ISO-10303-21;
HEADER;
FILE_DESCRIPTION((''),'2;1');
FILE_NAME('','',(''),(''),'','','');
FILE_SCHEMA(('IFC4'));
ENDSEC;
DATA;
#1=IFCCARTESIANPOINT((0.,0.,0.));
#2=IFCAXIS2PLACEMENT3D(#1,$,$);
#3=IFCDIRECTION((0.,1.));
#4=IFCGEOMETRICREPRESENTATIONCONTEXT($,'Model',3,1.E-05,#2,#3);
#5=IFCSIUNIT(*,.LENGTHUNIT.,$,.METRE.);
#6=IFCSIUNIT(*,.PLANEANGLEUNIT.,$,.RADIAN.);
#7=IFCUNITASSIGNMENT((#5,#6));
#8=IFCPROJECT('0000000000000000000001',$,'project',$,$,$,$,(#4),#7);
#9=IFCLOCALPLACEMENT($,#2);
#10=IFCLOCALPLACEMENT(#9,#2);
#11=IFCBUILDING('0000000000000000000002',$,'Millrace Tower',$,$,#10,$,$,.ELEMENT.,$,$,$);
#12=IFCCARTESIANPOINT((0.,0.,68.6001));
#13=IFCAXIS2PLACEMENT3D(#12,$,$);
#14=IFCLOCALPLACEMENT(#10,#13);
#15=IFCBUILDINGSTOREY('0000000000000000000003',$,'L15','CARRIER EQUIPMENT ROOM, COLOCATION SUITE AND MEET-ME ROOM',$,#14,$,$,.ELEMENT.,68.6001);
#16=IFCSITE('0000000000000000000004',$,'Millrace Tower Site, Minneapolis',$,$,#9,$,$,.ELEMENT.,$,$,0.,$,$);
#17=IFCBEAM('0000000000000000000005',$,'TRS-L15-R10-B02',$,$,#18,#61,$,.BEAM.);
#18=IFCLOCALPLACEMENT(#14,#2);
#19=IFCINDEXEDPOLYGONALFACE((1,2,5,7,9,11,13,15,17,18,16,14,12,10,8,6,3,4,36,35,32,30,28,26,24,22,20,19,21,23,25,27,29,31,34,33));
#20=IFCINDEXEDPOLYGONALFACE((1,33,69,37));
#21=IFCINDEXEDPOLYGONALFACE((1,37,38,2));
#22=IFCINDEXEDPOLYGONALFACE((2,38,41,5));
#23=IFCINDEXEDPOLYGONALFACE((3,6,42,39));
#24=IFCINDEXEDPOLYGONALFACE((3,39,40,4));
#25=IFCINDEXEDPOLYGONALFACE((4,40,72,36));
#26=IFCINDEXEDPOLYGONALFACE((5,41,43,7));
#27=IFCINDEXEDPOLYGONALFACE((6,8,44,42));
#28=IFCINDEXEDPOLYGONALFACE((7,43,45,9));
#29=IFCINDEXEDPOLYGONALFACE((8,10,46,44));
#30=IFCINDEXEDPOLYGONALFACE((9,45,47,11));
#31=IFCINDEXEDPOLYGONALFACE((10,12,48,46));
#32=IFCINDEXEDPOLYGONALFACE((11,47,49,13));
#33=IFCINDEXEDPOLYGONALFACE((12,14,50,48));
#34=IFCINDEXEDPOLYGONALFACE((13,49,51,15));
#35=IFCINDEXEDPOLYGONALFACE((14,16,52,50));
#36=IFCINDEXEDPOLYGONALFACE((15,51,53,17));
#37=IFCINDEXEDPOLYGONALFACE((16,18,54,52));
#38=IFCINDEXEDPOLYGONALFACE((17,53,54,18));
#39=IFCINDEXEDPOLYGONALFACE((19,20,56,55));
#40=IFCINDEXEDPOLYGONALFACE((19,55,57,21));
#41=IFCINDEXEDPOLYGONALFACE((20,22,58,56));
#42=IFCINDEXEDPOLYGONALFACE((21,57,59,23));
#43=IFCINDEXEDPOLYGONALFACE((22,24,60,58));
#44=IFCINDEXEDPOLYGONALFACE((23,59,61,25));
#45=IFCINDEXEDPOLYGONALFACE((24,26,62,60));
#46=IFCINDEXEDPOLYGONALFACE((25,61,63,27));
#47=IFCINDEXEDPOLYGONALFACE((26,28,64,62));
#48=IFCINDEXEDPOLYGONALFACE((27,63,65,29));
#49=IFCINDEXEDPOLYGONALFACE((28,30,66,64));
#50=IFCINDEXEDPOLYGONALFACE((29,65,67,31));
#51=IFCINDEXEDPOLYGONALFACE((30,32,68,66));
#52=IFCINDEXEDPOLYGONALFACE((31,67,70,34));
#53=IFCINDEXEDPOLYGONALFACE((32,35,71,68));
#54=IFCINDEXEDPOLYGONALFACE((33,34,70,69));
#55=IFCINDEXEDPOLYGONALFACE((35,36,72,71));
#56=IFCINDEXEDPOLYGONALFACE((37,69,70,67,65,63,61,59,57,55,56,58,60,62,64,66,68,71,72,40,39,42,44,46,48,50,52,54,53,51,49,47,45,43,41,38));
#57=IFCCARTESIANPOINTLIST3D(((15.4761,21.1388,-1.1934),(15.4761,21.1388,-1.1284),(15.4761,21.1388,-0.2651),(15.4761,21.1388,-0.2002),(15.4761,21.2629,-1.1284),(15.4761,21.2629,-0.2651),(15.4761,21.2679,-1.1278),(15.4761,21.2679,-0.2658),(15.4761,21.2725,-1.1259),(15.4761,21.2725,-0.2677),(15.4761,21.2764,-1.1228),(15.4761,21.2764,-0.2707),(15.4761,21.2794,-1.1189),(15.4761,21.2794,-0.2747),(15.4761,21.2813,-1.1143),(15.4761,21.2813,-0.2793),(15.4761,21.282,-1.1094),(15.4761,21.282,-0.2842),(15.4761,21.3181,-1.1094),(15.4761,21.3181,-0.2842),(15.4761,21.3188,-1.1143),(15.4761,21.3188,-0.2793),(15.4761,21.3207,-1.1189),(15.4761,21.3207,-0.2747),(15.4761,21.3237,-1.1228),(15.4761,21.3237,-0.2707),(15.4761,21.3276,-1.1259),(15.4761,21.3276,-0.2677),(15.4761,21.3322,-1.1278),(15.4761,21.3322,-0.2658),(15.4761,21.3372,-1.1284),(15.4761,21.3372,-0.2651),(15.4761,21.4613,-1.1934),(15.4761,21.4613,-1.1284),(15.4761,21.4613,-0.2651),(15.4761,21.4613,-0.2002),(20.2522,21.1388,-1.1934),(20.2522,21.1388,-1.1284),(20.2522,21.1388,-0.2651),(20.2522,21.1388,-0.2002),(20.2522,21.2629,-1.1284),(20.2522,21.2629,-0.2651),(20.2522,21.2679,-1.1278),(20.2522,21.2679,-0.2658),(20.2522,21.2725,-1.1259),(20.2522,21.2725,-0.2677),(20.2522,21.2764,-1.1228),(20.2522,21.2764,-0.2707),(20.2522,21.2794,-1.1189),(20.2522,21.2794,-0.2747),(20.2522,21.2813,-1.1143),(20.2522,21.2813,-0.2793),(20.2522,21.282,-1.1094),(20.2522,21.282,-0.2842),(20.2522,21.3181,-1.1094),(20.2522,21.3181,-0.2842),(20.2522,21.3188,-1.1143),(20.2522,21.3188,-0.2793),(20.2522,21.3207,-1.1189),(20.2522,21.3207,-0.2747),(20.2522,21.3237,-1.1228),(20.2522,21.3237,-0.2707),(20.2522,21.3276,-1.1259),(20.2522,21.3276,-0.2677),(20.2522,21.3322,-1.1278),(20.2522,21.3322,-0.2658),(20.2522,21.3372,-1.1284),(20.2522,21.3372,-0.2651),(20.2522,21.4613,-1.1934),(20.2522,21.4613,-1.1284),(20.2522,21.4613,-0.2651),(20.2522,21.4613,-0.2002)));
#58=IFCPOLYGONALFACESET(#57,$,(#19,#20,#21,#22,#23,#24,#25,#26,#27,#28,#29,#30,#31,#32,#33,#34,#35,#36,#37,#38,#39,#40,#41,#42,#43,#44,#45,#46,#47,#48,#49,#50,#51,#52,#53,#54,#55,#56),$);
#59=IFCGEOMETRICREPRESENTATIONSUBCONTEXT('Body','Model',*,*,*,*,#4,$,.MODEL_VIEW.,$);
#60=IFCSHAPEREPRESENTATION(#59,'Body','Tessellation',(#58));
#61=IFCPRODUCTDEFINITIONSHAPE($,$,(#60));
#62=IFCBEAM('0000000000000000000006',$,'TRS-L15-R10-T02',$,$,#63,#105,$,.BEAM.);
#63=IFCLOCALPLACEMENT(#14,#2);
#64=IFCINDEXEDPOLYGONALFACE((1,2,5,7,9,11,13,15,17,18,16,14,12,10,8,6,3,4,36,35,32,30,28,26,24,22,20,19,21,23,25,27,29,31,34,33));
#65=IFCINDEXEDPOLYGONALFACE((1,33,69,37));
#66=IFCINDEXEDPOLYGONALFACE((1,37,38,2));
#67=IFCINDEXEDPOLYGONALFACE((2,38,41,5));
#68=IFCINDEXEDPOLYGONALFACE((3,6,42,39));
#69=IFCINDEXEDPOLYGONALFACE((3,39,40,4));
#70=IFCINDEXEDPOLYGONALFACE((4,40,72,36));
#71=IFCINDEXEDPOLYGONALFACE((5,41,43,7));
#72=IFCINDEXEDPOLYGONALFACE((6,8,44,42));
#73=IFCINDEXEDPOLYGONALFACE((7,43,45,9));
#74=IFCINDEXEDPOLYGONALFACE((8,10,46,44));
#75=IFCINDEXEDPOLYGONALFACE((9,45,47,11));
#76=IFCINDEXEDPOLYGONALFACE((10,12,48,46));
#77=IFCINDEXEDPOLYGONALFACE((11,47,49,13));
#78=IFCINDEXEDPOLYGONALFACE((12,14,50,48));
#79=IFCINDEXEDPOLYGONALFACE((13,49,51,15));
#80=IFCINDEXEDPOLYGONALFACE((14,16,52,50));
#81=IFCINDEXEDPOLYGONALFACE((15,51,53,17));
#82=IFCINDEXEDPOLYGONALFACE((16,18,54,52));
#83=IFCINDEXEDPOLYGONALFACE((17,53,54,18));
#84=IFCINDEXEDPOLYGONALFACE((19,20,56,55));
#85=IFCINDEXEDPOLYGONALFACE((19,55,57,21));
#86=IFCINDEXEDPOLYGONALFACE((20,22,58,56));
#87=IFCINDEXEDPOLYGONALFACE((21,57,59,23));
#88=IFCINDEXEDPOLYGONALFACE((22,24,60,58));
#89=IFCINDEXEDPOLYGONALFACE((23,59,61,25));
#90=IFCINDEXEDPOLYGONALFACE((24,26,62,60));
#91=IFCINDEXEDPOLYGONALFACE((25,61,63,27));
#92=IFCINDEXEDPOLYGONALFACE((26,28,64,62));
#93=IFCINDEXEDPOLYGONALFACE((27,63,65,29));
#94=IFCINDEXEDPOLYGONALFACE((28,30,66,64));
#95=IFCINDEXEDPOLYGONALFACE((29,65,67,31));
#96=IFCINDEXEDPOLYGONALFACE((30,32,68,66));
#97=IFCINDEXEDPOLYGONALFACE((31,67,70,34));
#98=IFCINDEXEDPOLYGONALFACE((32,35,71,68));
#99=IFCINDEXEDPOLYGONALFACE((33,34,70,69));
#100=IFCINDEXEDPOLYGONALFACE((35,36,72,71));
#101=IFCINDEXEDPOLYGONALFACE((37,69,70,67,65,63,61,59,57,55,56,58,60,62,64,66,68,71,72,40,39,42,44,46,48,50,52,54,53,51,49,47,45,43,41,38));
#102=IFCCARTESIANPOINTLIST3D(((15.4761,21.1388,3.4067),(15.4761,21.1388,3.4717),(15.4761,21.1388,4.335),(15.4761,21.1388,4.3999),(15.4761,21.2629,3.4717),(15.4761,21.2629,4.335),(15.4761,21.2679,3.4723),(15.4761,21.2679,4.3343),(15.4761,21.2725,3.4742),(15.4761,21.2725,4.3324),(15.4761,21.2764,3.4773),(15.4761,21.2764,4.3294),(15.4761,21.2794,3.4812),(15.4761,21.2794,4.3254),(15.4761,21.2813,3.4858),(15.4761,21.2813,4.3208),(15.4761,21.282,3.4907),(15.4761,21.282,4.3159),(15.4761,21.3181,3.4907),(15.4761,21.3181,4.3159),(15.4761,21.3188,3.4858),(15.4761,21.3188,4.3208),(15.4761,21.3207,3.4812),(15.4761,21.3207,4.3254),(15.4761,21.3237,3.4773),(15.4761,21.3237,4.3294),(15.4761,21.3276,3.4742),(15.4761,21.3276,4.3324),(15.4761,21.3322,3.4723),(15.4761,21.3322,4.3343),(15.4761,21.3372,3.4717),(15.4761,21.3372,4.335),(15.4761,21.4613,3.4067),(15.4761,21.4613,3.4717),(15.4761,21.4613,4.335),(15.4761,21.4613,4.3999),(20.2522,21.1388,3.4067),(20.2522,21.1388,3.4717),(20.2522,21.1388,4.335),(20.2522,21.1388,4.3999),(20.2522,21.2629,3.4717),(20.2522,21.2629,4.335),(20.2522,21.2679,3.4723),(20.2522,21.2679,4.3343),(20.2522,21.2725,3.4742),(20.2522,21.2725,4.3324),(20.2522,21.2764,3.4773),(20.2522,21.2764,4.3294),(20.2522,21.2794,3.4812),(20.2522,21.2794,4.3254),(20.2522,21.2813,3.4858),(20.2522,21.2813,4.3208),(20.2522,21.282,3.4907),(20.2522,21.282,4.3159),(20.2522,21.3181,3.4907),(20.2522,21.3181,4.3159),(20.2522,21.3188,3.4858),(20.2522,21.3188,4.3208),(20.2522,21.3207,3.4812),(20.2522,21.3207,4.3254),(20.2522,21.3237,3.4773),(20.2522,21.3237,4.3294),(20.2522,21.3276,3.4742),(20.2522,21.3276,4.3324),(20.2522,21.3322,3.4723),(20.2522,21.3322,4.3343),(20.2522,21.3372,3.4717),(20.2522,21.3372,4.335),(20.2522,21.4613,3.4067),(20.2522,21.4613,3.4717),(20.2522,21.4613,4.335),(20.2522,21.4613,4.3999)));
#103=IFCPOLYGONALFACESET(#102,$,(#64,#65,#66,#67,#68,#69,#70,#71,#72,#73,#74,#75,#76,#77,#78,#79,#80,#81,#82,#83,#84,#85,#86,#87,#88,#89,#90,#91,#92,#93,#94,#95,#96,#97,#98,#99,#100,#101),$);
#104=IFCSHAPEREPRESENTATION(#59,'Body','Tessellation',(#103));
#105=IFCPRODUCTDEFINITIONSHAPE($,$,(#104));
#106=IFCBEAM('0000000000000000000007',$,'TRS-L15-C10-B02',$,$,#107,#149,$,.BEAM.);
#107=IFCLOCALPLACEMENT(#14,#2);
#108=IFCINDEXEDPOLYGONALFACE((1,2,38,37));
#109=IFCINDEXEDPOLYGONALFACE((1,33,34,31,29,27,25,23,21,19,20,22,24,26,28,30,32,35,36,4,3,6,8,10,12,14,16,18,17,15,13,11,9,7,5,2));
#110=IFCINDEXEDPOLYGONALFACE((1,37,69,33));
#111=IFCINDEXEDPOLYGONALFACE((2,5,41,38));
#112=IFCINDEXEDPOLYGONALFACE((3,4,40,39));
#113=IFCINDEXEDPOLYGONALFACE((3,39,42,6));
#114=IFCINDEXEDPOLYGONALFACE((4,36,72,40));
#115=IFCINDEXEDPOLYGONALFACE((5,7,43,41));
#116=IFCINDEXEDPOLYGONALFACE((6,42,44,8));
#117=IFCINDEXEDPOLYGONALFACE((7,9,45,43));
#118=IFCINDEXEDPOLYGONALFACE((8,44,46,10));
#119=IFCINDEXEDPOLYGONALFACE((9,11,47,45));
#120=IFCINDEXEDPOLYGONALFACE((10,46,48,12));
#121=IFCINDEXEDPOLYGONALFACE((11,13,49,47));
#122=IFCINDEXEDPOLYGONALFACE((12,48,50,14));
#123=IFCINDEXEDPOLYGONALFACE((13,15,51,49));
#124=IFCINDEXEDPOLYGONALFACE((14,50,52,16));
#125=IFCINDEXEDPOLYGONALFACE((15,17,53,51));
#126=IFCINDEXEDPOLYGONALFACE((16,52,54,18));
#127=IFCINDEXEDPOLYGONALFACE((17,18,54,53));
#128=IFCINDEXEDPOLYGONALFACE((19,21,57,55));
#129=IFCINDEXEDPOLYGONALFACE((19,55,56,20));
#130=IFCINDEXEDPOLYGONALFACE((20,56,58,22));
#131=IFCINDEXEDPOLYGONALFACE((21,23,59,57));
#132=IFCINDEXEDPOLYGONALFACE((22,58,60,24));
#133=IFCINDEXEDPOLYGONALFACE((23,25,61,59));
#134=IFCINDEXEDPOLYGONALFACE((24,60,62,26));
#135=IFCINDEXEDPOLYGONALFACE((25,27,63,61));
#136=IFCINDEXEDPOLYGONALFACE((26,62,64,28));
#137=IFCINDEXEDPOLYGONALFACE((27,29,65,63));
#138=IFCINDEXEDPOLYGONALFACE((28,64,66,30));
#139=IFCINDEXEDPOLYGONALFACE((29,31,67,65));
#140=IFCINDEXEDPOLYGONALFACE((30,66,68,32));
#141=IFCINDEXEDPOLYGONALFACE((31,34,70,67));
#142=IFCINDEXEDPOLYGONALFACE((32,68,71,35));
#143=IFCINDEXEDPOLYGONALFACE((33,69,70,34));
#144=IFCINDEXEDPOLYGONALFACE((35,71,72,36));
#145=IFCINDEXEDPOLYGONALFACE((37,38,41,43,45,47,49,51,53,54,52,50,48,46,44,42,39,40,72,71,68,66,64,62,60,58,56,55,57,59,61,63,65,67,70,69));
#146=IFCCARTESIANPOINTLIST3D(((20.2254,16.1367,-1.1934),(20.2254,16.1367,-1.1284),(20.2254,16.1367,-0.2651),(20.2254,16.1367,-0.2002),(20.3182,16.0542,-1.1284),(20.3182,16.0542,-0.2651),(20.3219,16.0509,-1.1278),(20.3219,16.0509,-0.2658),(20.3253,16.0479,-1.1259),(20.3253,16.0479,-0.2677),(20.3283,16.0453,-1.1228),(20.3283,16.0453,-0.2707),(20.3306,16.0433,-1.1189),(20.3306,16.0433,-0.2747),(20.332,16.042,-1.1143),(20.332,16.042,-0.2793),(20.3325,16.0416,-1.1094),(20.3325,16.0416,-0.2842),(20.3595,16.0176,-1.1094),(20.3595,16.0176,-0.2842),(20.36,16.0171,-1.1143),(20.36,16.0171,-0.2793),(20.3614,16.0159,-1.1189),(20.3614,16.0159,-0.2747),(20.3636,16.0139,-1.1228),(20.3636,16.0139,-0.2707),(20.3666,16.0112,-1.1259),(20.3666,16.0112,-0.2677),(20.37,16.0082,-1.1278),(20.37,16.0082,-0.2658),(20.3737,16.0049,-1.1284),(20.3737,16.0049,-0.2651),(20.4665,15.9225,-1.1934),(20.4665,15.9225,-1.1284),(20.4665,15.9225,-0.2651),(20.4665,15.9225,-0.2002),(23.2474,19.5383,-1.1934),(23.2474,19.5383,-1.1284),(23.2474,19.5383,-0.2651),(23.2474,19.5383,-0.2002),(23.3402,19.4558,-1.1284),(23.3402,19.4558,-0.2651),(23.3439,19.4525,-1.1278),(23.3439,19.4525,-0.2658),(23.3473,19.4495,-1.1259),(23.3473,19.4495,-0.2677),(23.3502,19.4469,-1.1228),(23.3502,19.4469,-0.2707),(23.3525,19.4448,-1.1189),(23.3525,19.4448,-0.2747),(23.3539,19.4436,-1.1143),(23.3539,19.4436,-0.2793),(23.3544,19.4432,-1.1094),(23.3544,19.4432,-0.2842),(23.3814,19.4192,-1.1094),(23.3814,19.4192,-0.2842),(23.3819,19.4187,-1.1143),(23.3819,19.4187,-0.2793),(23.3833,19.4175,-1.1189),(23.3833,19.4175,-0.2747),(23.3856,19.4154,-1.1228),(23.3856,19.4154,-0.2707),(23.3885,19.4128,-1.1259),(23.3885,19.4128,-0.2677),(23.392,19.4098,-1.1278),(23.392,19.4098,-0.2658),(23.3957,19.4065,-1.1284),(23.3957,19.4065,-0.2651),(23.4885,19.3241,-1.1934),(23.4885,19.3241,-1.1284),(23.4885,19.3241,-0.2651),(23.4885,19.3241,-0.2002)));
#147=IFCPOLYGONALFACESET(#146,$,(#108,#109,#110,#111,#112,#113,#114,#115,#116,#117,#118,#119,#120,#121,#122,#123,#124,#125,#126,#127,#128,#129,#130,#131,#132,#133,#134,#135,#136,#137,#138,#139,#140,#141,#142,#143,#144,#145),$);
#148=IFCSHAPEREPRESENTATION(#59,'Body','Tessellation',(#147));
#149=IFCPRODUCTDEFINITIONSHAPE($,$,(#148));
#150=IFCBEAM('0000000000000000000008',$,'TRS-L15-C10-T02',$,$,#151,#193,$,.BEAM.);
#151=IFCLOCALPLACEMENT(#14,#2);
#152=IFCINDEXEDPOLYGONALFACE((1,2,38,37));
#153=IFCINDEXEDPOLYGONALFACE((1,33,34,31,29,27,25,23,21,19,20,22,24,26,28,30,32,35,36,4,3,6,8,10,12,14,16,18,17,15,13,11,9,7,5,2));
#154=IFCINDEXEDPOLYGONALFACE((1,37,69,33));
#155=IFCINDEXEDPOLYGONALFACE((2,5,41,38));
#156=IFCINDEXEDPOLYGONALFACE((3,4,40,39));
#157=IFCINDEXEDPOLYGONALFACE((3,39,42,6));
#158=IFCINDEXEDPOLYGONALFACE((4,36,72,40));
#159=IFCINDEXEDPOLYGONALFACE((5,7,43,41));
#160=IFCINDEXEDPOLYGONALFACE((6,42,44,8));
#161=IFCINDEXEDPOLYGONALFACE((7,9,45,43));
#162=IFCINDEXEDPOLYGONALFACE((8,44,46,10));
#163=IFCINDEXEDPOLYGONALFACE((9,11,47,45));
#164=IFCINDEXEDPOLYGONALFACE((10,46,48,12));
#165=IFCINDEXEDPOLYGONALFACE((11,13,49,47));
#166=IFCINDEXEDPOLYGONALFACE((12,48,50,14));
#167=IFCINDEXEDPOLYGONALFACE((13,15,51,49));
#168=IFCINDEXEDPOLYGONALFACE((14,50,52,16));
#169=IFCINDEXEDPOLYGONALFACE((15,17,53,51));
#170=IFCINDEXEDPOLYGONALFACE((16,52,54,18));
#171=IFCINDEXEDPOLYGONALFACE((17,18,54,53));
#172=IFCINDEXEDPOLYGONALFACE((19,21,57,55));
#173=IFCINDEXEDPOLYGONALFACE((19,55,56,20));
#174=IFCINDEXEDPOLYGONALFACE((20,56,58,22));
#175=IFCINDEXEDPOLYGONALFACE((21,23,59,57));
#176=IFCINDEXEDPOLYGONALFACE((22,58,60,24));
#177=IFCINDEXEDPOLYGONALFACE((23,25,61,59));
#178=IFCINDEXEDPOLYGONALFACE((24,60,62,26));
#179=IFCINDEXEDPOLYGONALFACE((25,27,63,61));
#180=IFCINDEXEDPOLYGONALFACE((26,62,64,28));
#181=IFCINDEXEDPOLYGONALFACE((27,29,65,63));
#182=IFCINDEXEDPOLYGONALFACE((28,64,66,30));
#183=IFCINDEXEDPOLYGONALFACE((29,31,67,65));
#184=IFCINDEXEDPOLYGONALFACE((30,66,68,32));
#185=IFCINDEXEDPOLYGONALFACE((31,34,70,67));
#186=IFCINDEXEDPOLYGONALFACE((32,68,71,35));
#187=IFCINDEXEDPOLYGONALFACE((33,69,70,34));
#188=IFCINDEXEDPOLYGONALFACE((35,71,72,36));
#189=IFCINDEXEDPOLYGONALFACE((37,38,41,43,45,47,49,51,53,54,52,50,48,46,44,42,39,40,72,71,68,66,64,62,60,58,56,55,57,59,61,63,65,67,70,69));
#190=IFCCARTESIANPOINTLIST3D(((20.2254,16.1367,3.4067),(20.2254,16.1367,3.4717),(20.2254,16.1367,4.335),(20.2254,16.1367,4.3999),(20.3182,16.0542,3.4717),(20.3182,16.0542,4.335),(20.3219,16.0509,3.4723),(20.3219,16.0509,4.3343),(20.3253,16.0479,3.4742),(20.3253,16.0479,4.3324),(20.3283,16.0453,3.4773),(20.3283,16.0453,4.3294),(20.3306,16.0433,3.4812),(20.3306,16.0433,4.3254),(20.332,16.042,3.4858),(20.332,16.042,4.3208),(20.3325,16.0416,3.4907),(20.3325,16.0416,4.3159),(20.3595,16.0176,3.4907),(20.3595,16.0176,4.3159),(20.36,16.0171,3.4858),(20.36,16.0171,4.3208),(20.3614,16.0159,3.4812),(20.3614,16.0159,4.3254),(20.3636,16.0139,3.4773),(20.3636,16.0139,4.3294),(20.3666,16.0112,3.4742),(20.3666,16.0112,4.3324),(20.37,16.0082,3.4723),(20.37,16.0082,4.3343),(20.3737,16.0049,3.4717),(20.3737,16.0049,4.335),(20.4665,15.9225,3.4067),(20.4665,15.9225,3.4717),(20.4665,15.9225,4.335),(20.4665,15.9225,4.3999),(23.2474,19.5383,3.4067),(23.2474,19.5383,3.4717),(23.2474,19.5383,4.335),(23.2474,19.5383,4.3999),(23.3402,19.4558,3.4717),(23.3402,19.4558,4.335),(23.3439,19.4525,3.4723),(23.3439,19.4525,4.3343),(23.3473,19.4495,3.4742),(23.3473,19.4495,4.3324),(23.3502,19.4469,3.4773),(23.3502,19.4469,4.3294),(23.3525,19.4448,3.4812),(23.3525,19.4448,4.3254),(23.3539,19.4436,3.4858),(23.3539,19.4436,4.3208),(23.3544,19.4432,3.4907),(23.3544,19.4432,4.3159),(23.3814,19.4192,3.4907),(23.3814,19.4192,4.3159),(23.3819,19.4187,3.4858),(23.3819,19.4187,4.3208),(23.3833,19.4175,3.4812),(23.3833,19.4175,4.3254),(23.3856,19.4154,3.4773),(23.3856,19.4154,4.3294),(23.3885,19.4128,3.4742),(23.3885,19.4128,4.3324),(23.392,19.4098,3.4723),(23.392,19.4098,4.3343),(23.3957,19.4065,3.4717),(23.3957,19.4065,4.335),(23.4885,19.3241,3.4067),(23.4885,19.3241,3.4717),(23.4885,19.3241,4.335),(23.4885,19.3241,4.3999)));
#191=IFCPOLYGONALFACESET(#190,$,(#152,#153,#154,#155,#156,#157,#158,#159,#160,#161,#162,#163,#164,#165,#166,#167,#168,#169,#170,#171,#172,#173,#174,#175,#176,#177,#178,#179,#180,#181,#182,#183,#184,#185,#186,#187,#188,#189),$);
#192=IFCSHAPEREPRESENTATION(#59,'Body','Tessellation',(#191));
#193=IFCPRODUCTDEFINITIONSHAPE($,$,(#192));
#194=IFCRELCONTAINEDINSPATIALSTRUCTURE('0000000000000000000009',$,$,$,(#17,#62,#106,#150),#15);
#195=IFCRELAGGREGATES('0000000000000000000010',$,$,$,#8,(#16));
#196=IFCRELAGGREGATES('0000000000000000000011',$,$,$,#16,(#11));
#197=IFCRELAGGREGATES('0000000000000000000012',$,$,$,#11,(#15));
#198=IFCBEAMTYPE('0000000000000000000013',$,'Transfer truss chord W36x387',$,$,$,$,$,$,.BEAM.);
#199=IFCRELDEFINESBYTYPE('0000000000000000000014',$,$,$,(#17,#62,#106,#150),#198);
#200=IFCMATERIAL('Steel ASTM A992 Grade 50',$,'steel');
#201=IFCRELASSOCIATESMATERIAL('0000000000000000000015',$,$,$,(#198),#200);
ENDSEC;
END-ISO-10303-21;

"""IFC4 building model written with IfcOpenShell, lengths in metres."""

from ifc_helpers import new_model, si_unit, direction, frame, origin, origin_2d, place, context, subcontext, project, spatial, i_section, extrude, material, material_profile, profile_set, type_object, element, save


model = new_model("IFC4")

# Units and contexts
model_context = context("Model", 3, precision=1e-05, world=origin(), true_north=direction((0.0, 1.0)))
body_context = subcontext(model_context, "Body", "Model", "MODEL_VIEW")
ifc_project = project(units=[si_unit("LENGTHUNIT", "METRE"), si_unit("PLANEANGLEUNIT", "RADIAN")], contexts=[model_context])

# Site, building, storey
site_placement = place(None, origin())
site = spatial("IfcSite", under=ifc_project, at=site_placement, Name="Millrace Tower Site, Minneapolis", CompositionType="ELEMENT", RefElevation=0.0)
building_placement = place(site_placement, origin())
building = spatial("IfcBuilding", under=site, at=building_placement, Name="Millrace Tower", CompositionType="ELEMENT")
storey_placement = place(building_placement, frame((0.0, 0.0, 68.6001)))
storey = spatial("IfcBuildingStorey", under=building, at=storey_placement, Name="L15", Description="CARRIER EQUIPMENT ROOM, COLOCATION SUITE AND MEET-ME ROOM", CompositionType="ELEMENT", Elevation=68.6001)

# Beams
ifc_material_1 = material(Name="Steel ASTM A992 Grade 50", Category="steel")
ifc_material_profile_1 = material_profile(ifc_material_1, i_section(OverallWidth=0.3225, OverallDepth=0.9932, WebThickness=0.0361, FlangeThickness=0.0649, FilletRadius=0.019, at=origin_2d()))
ifc_profile_set_1 = profile_set([ifc_material_profile_1], Name="Steel ASTM A992 Grade 50")
beam_type_1 = type_object("IfcBeamType", Name="Transfer truss chord W36x387", PredefinedType="BEAM", material=ifc_profile_set_1)
for number, where, z_axis, x_axis, name in (
    (1, (20.2522, 21.3, -0.6968), (-1.0, 0.0, 0.0), (0.0, -1.0, 0.0), "TRS-L15-R10-B02"),
    (2, (20.2522, 21.3, 3.9033), (-1.0, 0.0, 0.0), (0.0, -1.0, 0.0), "TRS-L15-R10-T02"),
):
    element("IfcBeam", number, at=place(storey_placement, frame(where, z_axis=z_axis, x_axis=x_axis)), inside=storey, type_object=beam_type_1, Name=name, PredefinedType="BEAM", context=body_context, shape_type="SweptSolid", body=[
        extrude(i_section(OverallWidth=0.3225, OverallDepth=0.9932, WebThickness=0.0361, FlangeThickness=0.0649, FilletRadius=0.019, at=origin_2d()), origin(), (0.0, 0.0, 1.0), 4.7761),
    ])
for number, where, z_axis, x_axis, name in (
    (3, (23.3679, 19.4312, -0.6968), (-0.664157, -0.747593, 0.0), (0.747593, -0.664157, 0.0), "TRS-L15-C10-B02"),
    (4, (23.3679, 19.4312, 3.9033), (-0.664157, -0.747593, 0.0), (0.747593, -0.664157, 0.0), "TRS-L15-C10-T02"),
):
    element("IfcBeam", number, at=place(storey_placement, frame(where, z_axis=z_axis, x_axis=x_axis)), inside=storey, type_object=beam_type_1, Name=name, PredefinedType="BEAM", context=body_context, shape_type="SweptSolid", body=[
        extrude(i_section(OverallWidth=0.3225, OverallDepth=0.9932, WebThickness=0.0361, FlangeThickness=0.0649, FilletRadius=0.019, at=origin_2d()), origin(), (0.0, 0.0, 1.0), 4.55),
    ])

save(model, "model.ifc")
